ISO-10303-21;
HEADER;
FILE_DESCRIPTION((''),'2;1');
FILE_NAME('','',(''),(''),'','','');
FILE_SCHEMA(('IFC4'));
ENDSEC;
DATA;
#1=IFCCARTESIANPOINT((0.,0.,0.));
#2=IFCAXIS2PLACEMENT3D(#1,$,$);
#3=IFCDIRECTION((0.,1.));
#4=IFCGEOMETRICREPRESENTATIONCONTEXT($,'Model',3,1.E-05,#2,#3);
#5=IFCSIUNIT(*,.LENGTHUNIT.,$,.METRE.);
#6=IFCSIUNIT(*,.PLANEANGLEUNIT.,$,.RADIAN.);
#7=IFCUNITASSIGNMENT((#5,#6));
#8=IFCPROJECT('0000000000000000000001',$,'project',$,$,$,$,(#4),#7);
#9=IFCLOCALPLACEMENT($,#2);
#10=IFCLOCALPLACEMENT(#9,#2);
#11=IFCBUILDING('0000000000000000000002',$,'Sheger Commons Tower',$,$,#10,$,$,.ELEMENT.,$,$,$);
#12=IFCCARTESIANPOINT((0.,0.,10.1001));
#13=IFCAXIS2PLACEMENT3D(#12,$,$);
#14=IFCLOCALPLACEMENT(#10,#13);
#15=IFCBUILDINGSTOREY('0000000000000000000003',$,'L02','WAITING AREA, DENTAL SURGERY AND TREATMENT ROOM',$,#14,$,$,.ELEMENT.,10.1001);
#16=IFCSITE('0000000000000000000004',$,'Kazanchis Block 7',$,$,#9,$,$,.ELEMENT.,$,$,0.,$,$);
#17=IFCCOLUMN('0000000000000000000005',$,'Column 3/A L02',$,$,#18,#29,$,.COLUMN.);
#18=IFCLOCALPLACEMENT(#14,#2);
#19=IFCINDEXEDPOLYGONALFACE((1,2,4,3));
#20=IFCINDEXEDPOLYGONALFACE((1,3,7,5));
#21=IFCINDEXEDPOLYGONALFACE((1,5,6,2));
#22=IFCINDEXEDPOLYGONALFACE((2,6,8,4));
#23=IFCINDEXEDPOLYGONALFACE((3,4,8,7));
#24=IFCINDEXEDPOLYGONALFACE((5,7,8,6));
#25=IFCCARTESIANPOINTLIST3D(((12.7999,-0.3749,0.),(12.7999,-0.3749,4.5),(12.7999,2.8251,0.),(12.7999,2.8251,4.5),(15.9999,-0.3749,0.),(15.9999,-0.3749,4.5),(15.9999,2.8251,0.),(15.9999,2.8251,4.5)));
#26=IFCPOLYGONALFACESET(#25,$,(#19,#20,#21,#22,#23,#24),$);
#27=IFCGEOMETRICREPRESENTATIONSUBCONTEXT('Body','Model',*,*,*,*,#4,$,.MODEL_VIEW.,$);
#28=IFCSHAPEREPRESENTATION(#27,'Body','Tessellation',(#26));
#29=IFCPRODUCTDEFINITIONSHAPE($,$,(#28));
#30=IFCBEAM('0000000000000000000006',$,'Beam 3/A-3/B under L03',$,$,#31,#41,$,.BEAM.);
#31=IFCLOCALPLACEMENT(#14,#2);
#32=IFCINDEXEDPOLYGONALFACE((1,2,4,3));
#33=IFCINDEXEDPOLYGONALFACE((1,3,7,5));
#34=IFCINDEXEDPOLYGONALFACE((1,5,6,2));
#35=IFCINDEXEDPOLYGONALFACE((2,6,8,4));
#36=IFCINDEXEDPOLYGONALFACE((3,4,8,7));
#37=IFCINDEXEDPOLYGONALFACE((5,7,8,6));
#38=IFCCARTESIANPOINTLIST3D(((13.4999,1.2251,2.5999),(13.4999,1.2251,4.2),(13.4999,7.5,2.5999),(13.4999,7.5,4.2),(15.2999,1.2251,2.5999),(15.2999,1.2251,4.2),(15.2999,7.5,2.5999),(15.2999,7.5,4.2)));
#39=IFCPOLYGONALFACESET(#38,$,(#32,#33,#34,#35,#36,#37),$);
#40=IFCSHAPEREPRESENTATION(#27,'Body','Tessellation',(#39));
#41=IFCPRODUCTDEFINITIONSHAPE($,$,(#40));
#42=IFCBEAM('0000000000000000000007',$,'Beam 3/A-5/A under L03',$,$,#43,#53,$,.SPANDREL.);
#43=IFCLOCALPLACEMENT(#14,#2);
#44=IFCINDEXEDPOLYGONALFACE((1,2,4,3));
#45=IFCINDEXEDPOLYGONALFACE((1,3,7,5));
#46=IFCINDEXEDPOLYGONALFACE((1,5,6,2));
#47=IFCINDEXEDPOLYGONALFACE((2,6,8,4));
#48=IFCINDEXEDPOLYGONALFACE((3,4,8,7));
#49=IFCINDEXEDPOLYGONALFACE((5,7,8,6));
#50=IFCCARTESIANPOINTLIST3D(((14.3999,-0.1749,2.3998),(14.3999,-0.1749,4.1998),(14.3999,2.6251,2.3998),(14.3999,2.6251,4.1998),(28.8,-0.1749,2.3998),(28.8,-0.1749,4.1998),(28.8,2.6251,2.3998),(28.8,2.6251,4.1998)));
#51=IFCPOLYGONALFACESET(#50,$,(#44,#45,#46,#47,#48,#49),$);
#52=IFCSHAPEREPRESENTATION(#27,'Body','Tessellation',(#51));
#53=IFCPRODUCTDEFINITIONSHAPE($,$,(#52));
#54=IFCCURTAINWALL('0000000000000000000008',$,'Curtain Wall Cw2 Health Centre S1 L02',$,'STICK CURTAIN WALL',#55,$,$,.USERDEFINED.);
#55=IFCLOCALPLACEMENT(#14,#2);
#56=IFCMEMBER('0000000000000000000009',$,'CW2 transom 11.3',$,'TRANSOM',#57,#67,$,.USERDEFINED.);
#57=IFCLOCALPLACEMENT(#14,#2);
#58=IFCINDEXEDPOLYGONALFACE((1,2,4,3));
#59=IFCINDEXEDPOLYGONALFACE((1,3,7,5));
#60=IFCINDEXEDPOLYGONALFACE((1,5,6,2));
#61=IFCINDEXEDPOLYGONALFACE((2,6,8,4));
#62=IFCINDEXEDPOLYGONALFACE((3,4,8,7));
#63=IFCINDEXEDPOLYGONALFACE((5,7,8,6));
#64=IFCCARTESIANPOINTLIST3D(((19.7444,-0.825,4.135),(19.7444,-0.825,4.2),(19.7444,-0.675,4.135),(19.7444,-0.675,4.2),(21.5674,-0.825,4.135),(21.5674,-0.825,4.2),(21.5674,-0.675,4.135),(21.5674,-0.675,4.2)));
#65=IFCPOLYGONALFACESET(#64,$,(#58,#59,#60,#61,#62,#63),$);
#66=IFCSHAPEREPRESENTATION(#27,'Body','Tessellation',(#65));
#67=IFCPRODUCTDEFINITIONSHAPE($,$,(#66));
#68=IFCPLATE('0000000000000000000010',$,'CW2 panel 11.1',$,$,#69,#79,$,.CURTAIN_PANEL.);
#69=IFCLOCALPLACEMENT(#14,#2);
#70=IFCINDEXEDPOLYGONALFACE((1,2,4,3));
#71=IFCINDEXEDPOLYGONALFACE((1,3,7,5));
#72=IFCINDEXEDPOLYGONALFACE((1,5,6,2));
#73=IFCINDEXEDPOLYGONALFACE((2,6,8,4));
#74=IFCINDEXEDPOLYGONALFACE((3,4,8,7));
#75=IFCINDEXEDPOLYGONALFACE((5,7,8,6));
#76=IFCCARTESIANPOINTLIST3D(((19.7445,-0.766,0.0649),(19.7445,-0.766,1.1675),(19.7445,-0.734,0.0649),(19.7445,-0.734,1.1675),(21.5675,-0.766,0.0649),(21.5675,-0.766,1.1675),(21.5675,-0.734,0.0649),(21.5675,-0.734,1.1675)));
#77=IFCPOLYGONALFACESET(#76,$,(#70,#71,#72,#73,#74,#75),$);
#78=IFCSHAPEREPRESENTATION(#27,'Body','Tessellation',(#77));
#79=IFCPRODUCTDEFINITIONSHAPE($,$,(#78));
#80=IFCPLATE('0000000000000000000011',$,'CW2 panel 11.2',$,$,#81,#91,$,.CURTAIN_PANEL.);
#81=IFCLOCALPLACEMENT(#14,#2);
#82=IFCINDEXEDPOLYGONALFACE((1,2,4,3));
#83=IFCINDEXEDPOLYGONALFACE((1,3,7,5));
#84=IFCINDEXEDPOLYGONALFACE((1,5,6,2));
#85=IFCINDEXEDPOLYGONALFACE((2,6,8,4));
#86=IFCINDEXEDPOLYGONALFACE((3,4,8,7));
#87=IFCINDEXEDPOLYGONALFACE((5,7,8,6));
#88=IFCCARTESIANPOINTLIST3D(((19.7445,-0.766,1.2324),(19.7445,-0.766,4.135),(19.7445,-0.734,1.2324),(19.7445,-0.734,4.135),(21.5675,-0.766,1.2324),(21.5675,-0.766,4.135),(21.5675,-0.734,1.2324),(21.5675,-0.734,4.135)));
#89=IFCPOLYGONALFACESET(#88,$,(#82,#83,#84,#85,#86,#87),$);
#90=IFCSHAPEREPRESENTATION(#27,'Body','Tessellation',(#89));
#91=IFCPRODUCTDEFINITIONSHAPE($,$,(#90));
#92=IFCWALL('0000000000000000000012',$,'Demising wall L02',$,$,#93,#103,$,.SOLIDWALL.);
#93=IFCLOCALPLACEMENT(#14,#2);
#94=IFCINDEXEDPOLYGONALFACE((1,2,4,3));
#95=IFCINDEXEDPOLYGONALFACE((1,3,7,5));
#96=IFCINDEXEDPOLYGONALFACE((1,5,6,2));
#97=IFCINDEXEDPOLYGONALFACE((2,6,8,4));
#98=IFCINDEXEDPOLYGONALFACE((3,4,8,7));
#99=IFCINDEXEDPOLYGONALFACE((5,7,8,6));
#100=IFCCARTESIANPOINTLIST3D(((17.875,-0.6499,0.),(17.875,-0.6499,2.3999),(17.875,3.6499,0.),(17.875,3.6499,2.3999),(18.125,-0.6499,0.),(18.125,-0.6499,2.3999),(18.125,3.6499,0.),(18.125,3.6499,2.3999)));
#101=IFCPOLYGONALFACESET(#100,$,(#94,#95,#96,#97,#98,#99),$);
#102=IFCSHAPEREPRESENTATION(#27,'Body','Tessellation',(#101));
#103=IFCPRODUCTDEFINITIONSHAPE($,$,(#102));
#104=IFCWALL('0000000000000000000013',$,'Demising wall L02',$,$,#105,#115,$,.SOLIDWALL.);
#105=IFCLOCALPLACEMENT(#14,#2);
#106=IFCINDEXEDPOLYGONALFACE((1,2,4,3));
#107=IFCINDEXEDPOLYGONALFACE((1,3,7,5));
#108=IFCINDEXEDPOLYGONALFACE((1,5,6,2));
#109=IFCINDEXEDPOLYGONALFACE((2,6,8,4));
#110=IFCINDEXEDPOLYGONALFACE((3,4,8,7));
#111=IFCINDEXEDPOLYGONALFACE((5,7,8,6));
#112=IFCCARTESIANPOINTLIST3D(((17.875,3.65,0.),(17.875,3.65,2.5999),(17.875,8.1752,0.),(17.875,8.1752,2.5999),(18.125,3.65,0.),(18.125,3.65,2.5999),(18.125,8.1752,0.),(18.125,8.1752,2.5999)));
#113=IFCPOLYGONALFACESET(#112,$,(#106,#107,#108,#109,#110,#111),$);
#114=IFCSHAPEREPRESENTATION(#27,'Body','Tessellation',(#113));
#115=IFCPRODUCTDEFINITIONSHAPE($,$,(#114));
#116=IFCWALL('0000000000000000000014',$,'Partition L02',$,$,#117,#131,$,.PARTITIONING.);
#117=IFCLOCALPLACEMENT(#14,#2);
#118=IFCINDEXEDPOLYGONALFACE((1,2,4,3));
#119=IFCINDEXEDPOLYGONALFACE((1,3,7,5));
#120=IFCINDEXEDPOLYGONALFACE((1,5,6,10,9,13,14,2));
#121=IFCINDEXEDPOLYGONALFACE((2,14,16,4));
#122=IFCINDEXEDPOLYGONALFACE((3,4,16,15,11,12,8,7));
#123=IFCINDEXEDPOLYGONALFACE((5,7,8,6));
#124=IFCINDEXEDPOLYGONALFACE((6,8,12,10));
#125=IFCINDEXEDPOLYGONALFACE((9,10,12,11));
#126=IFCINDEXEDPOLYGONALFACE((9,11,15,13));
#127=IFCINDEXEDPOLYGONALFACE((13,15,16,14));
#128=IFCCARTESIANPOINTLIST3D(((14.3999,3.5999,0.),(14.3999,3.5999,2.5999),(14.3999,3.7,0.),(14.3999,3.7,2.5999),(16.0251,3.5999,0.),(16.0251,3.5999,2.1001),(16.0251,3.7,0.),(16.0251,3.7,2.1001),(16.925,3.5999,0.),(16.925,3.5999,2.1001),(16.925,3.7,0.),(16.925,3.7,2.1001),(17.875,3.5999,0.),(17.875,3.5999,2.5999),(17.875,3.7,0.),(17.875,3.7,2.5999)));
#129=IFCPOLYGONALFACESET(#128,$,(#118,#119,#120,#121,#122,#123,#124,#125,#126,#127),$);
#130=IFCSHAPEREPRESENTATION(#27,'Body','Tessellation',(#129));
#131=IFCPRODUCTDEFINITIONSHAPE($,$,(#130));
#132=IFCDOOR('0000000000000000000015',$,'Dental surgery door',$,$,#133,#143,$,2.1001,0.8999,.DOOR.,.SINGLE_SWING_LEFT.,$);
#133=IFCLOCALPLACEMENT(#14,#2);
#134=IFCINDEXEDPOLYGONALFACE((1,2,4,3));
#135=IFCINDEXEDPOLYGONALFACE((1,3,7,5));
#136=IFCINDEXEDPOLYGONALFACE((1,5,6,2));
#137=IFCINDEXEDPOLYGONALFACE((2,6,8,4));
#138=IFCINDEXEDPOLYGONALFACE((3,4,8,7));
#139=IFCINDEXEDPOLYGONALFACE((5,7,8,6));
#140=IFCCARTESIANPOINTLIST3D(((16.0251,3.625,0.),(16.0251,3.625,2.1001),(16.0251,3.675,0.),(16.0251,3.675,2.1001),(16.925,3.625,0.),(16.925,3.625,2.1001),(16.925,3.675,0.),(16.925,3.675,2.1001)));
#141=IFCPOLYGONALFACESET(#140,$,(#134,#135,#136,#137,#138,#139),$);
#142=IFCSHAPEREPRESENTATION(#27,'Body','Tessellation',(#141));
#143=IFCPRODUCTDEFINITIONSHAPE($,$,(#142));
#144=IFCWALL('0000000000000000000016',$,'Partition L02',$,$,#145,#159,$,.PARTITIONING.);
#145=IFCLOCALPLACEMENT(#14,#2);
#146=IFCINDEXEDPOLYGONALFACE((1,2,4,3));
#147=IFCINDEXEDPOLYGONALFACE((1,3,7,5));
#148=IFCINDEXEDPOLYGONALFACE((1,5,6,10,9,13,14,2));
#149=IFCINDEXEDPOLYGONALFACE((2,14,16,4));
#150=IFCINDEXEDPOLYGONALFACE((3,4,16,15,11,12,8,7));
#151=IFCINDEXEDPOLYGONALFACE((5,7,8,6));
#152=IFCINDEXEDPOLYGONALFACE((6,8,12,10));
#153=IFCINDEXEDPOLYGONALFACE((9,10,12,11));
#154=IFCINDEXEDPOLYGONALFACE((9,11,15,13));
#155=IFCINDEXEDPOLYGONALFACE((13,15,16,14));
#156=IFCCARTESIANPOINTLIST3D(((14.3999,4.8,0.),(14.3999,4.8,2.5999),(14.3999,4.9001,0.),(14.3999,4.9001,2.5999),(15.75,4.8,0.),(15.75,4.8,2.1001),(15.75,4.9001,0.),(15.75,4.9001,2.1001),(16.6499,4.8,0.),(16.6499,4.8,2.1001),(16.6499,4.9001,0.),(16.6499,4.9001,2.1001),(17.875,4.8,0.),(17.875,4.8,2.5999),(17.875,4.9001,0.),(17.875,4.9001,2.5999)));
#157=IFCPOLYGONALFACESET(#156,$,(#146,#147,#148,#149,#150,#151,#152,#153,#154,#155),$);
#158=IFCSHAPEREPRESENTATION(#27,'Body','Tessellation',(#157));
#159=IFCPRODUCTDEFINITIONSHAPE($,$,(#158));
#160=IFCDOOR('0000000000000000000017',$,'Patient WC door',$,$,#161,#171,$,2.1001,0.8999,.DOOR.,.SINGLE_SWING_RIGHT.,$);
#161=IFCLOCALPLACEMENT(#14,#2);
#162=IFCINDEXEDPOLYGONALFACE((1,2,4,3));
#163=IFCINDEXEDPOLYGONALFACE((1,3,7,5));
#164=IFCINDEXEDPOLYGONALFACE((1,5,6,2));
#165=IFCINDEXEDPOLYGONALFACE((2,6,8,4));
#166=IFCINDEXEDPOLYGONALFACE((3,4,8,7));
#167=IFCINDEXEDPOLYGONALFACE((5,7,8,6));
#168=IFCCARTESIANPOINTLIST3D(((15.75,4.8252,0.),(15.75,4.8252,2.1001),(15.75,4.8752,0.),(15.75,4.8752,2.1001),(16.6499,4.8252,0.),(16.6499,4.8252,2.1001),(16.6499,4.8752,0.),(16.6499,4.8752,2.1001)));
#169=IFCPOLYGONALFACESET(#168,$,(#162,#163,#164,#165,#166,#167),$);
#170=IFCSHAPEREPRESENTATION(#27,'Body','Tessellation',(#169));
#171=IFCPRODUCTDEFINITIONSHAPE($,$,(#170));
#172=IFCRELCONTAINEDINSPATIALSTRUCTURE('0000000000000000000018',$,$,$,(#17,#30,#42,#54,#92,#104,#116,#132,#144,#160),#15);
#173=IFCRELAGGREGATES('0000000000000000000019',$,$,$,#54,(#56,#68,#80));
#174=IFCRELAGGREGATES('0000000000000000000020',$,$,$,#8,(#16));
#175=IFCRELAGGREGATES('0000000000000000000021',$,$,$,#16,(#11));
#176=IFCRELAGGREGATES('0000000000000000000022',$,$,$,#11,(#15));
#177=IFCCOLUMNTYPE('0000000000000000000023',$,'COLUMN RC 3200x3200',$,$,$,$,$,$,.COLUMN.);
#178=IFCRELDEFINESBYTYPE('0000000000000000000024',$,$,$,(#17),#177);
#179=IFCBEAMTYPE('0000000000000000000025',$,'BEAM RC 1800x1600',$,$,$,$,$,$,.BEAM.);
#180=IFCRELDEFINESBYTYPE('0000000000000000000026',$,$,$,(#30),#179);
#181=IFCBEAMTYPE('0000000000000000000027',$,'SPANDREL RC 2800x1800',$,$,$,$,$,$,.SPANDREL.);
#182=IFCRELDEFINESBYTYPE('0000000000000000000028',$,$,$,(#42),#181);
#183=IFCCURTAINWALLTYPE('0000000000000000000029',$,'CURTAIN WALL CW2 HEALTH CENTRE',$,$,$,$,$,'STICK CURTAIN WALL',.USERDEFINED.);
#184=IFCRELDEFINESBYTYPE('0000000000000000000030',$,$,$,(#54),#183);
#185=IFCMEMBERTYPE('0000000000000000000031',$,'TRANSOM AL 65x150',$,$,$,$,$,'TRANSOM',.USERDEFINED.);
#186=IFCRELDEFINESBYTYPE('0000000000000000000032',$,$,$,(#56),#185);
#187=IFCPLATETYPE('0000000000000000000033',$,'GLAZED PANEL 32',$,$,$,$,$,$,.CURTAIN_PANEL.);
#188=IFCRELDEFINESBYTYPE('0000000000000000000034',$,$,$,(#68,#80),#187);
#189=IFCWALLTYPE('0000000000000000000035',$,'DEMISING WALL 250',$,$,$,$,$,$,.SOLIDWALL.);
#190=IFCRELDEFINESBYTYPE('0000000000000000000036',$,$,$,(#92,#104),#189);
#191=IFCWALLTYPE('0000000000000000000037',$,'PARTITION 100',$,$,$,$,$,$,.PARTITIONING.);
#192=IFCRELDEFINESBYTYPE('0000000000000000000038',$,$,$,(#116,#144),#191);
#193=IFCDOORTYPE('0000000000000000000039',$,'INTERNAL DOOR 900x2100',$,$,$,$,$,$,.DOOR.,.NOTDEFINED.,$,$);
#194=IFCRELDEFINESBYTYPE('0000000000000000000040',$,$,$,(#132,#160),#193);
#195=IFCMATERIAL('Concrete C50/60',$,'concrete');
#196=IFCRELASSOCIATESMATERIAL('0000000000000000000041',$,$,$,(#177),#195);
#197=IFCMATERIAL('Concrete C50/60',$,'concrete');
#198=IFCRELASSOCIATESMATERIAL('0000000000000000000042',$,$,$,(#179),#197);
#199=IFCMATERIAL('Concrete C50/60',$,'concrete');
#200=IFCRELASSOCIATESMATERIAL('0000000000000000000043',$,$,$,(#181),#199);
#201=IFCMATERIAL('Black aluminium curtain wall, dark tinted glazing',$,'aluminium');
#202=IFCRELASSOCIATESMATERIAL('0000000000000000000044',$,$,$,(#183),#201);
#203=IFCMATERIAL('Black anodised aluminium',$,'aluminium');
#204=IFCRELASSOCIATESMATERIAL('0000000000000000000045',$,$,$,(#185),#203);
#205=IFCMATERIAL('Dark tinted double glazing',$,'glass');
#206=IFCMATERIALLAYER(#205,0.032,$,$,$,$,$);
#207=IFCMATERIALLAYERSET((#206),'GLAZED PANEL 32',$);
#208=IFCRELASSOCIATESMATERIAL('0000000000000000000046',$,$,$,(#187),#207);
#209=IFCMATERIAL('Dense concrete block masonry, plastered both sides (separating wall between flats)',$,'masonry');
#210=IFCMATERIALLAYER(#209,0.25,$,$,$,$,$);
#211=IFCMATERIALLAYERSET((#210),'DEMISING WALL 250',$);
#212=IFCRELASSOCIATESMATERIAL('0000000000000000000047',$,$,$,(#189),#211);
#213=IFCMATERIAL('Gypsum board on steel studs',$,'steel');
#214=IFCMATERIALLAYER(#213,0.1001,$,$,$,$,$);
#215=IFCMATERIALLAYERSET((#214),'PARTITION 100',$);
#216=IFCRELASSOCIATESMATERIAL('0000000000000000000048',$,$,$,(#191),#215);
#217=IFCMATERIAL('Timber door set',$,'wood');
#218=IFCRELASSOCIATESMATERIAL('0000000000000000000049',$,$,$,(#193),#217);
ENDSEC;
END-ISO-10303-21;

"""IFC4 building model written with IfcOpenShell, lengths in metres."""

from ifc_helpers import new_model, si_unit, direction, frame, frame_2d, origin, origin_2d, place, context, subcontext, project, spatial, rectangle, extrude, material, layer, layer_set, material_profile, profile_set, type_object, element, fill, aggregate, save


model = new_model("IFC4")

# Units and contexts
model_context = context("Model", 3, precision=1e-05, world=origin(), true_north=direction((0.0, 1.0)))
body_context = subcontext(model_context, "Body", "Model", "MODEL_VIEW")
ifc_project = project(units=[si_unit("LENGTHUNIT", "METRE"), si_unit("PLANEANGLEUNIT", "RADIAN")], contexts=[model_context])

# Site, building, storey
site_placement = place(None, origin())
site = spatial("IfcSite", under=ifc_project, at=site_placement, Name="Kazanchis Block 7", CompositionType="ELEMENT", RefElevation=0.0)
building_placement = place(site_placement, origin())
building = spatial("IfcBuilding", under=site, at=building_placement, Name="Sheger Commons Tower", CompositionType="ELEMENT")
storey_placement = place(building_placement, frame((0.0, 0.0, 10.1001)))
storey = spatial("IfcBuildingStorey", under=building, at=storey_placement, Name="L02", Description="WAITING AREA, DENTAL SURGERY AND TREATMENT ROOM", CompositionType="ELEMENT", Elevation=10.1001)

# Column
ifc_material_1 = material(Name="Concrete C50/60", Category="concrete")
ifc_material_profile_1 = material_profile(ifc_material_1, rectangle(XDim=3.2, YDim=3.2, at=origin_2d()), Name="RC 3200x3200")
ifc_profile_set_1 = profile_set([ifc_material_profile_1], Name="Concrete C50/60")
column_type = type_object("IfcColumnType", Name="COLUMN RC 3200x3200", PredefinedType="COLUMN", material=ifc_profile_set_1)
column_placement = place(storey_placement, frame((14.3999, 1.2251, 0.0), z_axis=(0.0, 0.0, 1.0), x_axis=(1.0, 0.0, 0.0)))
element("IfcColumn", 1, at=column_placement, inside=storey, type_object=column_type, Name="Column 3/A L02", PredefinedType="COLUMN", context=body_context, shape_type="SweptSolid", body=[
    extrude(rectangle(XDim=3.2, YDim=3.2, at=origin_2d()), origin(), (0.0, 0.0, 1.0), 4.5),
])

# Beams
ifc_material_2 = material(Name="Concrete C50/60", Category="concrete")
ifc_material_profile_2 = material_profile(ifc_material_2, rectangle(XDim=1.8, YDim=1.6001, at=origin_2d()), Name="RC 1800x1600")
ifc_profile_set_2 = profile_set([ifc_material_profile_2], Name="Concrete C50/60")
beam_type_1 = type_object("IfcBeamType", Name="BEAM RC 1800x1600", PredefinedType="BEAM", material=ifc_profile_set_2)
beam_1_placement = place(storey_placement, frame((14.3999, 1.2251, 3.3999), z_axis=(0.0, 1.0, 0.0), x_axis=(-1.0, 0.0, 0.0)))
element("IfcBeam", 2, at=beam_1_placement, inside=storey, type_object=beam_type_1, Name="Beam 3/A-3/B under L03", PredefinedType="BEAM", context=body_context, shape_type="SweptSolid", body=[
    extrude(rectangle(XDim=1.8, YDim=1.6001, at=origin_2d()), origin(), (0.0, 0.0, 1.0), 6.2749),
])
ifc_material_3 = material(Name="Concrete C50/60", Category="concrete")
ifc_material_profile_3 = material_profile(ifc_material_3, rectangle(XDim=2.8, YDim=1.8, at=origin_2d()), Name="RC 2800x1800")
ifc_profile_set_3 = profile_set([ifc_material_profile_3], Name="Concrete C50/60")
beam_type_2 = type_object("IfcBeamType", Name="SPANDREL RC 2800x1800", PredefinedType="SPANDREL", material=ifc_profile_set_3)
beam_2_placement = place(storey_placement, frame((14.3999, 1.2251, 3.2998), z_axis=(1.0, 0.0, 0.0), x_axis=(0.0, 1.0, 0.0)))
element("IfcBeam", 3, at=beam_2_placement, inside=storey, type_object=beam_type_2, Name="Beam 3/A-5/A under L03", PredefinedType="SPANDREL", context=body_context, shape_type="SweptSolid", body=[
    extrude(rectangle(XDim=2.8, YDim=1.8, at=origin_2d()), origin(), (0.0, 0.0, 1.0), 14.4001),
])

# Curtain wall, member, plates
ifc_material_4 = material(Name="Black aluminium curtain wall, dark tinted glazing", Category="aluminium")
curtain_wall_type = type_object("IfcCurtainWallType", Name="CURTAIN WALL CW2 HEALTH CENTRE", ElementType="STICK CURTAIN WALL", PredefinedType="USERDEFINED", material=ifc_material_4)
curtain_wall_placement = place(storey_placement, origin())
curtain_wall = element("IfcCurtainWall", 4, at=curtain_wall_placement, inside=storey, type_object=curtain_wall_type, Name="Curtain Wall Cw2 Health Centre S1 L02", ObjectType="STICK CURTAIN WALL", PredefinedType="USERDEFINED")
ifc_material_5 = material(Name="Black anodised aluminium", Category="aluminium")
ifc_material_profile_4 = material_profile(ifc_material_5, rectangle(XDim=0.1499, YDim=0.0649, at=origin_2d()), Name="AL 65x150")
ifc_profile_set_4 = profile_set([ifc_material_profile_4], Name="Black anodised aluminium")
member_type = type_object("IfcMemberType", Name="TRANSOM AL 65x150", ElementType="TRANSOM", PredefinedType="USERDEFINED", material=ifc_profile_set_4)
member_placement = place(storey_placement, frame((19.7444, -0.75, 4.1675), z_axis=(1.0, 0.0, 0.0), x_axis=(0.0, 1.0, 0.0)))
member = element("IfcMember", 5, at=member_placement, type_object=member_type, Name="CW2 transom 11.3", ObjectType="TRANSOM", PredefinedType="USERDEFINED", context=body_context, shape_type="SweptSolid", body=[
    extrude(rectangle(XDim=0.1499, YDim=0.0649, at=origin_2d()), origin(), (0.0, 0.0, 1.0), 1.823),
])
ifc_material_6 = material(Name="Dark tinted double glazing", Category="glass")
ifc_layer_1 = layer(ifc_material_6, 0.032)
ifc_layer_set_1 = layer_set([ifc_layer_1], Name="GLAZED PANEL 32")
plate_type = type_object("IfcPlateType", Name="GLAZED PANEL 32", PredefinedType="CURTAIN_PANEL", material=ifc_layer_set_1)
plate_1_placement = place(storey_placement, frame((20.656, -0.75, 0.0649), z_axis=(0.0, 0.0, 1.0), x_axis=(1.0, 0.0, 0.0)))
plate_1 = element("IfcPlate", 6, at=plate_1_placement, type_object=plate_type, Name="CW2 panel 11.1", PredefinedType="CURTAIN_PANEL", context=body_context, shape_type="SweptSolid", body=[
    extrude(rectangle(XDim=1.823, YDim=0.032, at=origin_2d()), origin(), (0.0, 0.0, 1.0), 1.1025),
])
plate_2_placement = place(storey_placement, frame((20.656, -0.75, 1.2324), z_axis=(0.0, 0.0, 1.0), x_axis=(1.0, 0.0, 0.0)))
plate_2 = element("IfcPlate", 7, at=plate_2_placement, type_object=plate_type, Name="CW2 panel 11.2", PredefinedType="CURTAIN_PANEL", context=body_context, shape_type="SweptSolid", body=[
    extrude(rectangle(XDim=1.823, YDim=0.032, at=origin_2d()), origin(), (0.0, 0.0, 1.0), 2.9026),
])
aggregate(curtain_wall, [member, plate_1, plate_2])

# Walls
ifc_material_7 = material(Name="Dense concrete block masonry, plastered both sides (separating wall between flats)", Category="masonry")
ifc_layer_2 = layer(ifc_material_7, 0.25)
ifc_layer_set_2 = layer_set([ifc_layer_2], Name="DEMISING WALL 250")
wall_type_1 = type_object("IfcWallType", Name="DEMISING WALL 250", PredefinedType="SOLIDWALL", material=ifc_layer_set_2)
wall_1_placement = place(storey_placement, frame((18.0, -0.6499, 0.0), z_axis=(0.0, 0.0, 1.0), x_axis=(0.0, 1.0, 0.0)))
element("IfcWall", 8, at=wall_1_placement, inside=storey, type_object=wall_type_1, Name="Demising wall L02", PredefinedType="SOLIDWALL", context=body_context, shape_type="SweptSolid", body=[
    extrude(rectangle(XDim=4.2998, YDim=0.25, at=frame_2d((2.1499, 0.0))), origin(), (0.0, 0.0, 1.0), 2.3999),
])
wall_2_placement = place(storey_placement, frame((18.0, 3.6499, 0.0), z_axis=(0.0, 0.0, 1.0), x_axis=(0.0, 1.0, 0.0)))
element("IfcWall", 9, at=wall_2_placement, inside=storey, type_object=wall_type_1, Name="Demising wall L02", PredefinedType="SOLIDWALL", context=body_context, shape_type="SweptSolid", body=[
    extrude(rectangle(XDim=4.5251, YDim=0.25, at=frame_2d((2.2627, 0.0))), origin(), (0.0, 0.0, 1.0), 2.5999),
])

# Walls, openings, doors
ifc_material_8 = material(Name="Gypsum board on steel studs", Category="steel")
ifc_layer_3 = layer(ifc_material_8, 0.1001)
ifc_layer_set_3 = layer_set([ifc_layer_3], Name="PARTITION 100")
wall_type_2 = type_object("IfcWallType", Name="PARTITION 100", PredefinedType="PARTITIONING", material=ifc_layer_set_3)
wall_3_placement = place(storey_placement, frame((17.875, 3.6499, 0.0), z_axis=(0.0, 0.0, 1.0), x_axis=(-1.0, 0.0, 0.0)))
wall_3 = element("IfcWall", 10, at=wall_3_placement, inside=storey, type_object=wall_type_2, Name="Partition L02", PredefinedType="PARTITIONING", context=body_context, shape_type="SweptSolid", body=[
    extrude(rectangle(XDim=3.4751, YDim=0.1001, at=frame_2d((1.7375, 0.0))), origin(), (0.0, 0.0, 1.0), 2.5999),
])
opening_1_placement = place(wall_3_placement, frame((0.95, 0.0, 0.0)))
opening_1 = element("IfcOpeningElement", 11, at=opening_1_placement, cuts=wall_3, PredefinedType="OPENING", context=body_context, shape_type="SweptSolid", body=[
    extrude(rectangle(XDim=0.8999, YDim=2.1001, at=frame_2d((0.45, 1.05))), frame((0.0, 0.0601, 0.0), z_axis=(0.0, -1.0, 0.0), x_axis=(1.0, 0.0, 0.0)), (0.0, 0.0, 1.0), 0.1201),
])
ifc_material_9 = material(Name="Timber door set", Category="wood")
door_type = type_object("IfcDoorType", Name="INTERNAL DOOR 900x2100", OperationType="NOTDEFINED", PredefinedType="DOOR", material=ifc_material_9)
door_1_placement = place(opening_1_placement, origin())
door_1 = element("IfcDoor", 12, at=door_1_placement, inside=storey, type_object=door_type, Name="Dental surgery door", OperationType="SINGLE_SWING_LEFT", OverallHeight=2.1001, OverallWidth=0.8999, PredefinedType="DOOR", context=body_context, shape_type="SweptSolid", body=[
    extrude(rectangle(XDim=0.8999, YDim=2.1001, at=frame_2d((0.45, 1.05))), frame((0.0, 0.0249, 0.0), z_axis=(0.0, -1.0, 0.0), x_axis=(1.0, 0.0, 0.0)), (0.0, 0.0, 1.0), 0.05),
])
fill(opening_1, door_1)
wall_4_placement = place(storey_placement, frame((17.875, 4.8501, 0.0), z_axis=(0.0, 0.0, 1.0), x_axis=(-1.0, 0.0, 0.0)))
wall_4 = element("IfcWall", 13, at=wall_4_placement, inside=storey, type_object=wall_type_2, Name="Partition L02", PredefinedType="PARTITIONING", context=body_context, shape_type="SweptSolid", body=[
    extrude(rectangle(XDim=3.4751, YDim=0.1001, at=frame_2d((1.7375, 0.0))), origin(), (0.0, 0.0, 1.0), 2.5999),
])
opening_2_placement = place(wall_4_placement, frame((1.2251, 0.0, 0.0)))
opening_2 = element("IfcOpeningElement", 14, at=opening_2_placement, cuts=wall_4, PredefinedType="OPENING", context=body_context, shape_type="SweptSolid", body=[
    extrude(rectangle(XDim=0.8999, YDim=2.1001, at=frame_2d((0.45, 1.05))), frame((0.0, 0.0601, 0.0), z_axis=(0.0, -1.0, 0.0), x_axis=(1.0, 0.0, 0.0)), (0.0, 0.0, 1.0), 0.1201),
])
door_2_placement = place(opening_2_placement, origin())
door_2 = element("IfcDoor", 15, at=door_2_placement, inside=storey, type_object=door_type, Name="Patient WC door", OperationType="SINGLE_SWING_RIGHT", OverallHeight=2.1001, OverallWidth=0.8999, PredefinedType="DOOR", context=body_context, shape_type="SweptSolid", body=[
    extrude(rectangle(XDim=0.8999, YDim=2.1001, at=frame_2d((0.45, 1.05))), frame((0.0, 0.0249, 0.0), z_axis=(0.0, -1.0, 0.0), x_axis=(1.0, 0.0, 0.0)), (0.0, 0.0, 1.0), 0.05),
])
fill(opening_2, door_2)

save(model, "model.ifc")
